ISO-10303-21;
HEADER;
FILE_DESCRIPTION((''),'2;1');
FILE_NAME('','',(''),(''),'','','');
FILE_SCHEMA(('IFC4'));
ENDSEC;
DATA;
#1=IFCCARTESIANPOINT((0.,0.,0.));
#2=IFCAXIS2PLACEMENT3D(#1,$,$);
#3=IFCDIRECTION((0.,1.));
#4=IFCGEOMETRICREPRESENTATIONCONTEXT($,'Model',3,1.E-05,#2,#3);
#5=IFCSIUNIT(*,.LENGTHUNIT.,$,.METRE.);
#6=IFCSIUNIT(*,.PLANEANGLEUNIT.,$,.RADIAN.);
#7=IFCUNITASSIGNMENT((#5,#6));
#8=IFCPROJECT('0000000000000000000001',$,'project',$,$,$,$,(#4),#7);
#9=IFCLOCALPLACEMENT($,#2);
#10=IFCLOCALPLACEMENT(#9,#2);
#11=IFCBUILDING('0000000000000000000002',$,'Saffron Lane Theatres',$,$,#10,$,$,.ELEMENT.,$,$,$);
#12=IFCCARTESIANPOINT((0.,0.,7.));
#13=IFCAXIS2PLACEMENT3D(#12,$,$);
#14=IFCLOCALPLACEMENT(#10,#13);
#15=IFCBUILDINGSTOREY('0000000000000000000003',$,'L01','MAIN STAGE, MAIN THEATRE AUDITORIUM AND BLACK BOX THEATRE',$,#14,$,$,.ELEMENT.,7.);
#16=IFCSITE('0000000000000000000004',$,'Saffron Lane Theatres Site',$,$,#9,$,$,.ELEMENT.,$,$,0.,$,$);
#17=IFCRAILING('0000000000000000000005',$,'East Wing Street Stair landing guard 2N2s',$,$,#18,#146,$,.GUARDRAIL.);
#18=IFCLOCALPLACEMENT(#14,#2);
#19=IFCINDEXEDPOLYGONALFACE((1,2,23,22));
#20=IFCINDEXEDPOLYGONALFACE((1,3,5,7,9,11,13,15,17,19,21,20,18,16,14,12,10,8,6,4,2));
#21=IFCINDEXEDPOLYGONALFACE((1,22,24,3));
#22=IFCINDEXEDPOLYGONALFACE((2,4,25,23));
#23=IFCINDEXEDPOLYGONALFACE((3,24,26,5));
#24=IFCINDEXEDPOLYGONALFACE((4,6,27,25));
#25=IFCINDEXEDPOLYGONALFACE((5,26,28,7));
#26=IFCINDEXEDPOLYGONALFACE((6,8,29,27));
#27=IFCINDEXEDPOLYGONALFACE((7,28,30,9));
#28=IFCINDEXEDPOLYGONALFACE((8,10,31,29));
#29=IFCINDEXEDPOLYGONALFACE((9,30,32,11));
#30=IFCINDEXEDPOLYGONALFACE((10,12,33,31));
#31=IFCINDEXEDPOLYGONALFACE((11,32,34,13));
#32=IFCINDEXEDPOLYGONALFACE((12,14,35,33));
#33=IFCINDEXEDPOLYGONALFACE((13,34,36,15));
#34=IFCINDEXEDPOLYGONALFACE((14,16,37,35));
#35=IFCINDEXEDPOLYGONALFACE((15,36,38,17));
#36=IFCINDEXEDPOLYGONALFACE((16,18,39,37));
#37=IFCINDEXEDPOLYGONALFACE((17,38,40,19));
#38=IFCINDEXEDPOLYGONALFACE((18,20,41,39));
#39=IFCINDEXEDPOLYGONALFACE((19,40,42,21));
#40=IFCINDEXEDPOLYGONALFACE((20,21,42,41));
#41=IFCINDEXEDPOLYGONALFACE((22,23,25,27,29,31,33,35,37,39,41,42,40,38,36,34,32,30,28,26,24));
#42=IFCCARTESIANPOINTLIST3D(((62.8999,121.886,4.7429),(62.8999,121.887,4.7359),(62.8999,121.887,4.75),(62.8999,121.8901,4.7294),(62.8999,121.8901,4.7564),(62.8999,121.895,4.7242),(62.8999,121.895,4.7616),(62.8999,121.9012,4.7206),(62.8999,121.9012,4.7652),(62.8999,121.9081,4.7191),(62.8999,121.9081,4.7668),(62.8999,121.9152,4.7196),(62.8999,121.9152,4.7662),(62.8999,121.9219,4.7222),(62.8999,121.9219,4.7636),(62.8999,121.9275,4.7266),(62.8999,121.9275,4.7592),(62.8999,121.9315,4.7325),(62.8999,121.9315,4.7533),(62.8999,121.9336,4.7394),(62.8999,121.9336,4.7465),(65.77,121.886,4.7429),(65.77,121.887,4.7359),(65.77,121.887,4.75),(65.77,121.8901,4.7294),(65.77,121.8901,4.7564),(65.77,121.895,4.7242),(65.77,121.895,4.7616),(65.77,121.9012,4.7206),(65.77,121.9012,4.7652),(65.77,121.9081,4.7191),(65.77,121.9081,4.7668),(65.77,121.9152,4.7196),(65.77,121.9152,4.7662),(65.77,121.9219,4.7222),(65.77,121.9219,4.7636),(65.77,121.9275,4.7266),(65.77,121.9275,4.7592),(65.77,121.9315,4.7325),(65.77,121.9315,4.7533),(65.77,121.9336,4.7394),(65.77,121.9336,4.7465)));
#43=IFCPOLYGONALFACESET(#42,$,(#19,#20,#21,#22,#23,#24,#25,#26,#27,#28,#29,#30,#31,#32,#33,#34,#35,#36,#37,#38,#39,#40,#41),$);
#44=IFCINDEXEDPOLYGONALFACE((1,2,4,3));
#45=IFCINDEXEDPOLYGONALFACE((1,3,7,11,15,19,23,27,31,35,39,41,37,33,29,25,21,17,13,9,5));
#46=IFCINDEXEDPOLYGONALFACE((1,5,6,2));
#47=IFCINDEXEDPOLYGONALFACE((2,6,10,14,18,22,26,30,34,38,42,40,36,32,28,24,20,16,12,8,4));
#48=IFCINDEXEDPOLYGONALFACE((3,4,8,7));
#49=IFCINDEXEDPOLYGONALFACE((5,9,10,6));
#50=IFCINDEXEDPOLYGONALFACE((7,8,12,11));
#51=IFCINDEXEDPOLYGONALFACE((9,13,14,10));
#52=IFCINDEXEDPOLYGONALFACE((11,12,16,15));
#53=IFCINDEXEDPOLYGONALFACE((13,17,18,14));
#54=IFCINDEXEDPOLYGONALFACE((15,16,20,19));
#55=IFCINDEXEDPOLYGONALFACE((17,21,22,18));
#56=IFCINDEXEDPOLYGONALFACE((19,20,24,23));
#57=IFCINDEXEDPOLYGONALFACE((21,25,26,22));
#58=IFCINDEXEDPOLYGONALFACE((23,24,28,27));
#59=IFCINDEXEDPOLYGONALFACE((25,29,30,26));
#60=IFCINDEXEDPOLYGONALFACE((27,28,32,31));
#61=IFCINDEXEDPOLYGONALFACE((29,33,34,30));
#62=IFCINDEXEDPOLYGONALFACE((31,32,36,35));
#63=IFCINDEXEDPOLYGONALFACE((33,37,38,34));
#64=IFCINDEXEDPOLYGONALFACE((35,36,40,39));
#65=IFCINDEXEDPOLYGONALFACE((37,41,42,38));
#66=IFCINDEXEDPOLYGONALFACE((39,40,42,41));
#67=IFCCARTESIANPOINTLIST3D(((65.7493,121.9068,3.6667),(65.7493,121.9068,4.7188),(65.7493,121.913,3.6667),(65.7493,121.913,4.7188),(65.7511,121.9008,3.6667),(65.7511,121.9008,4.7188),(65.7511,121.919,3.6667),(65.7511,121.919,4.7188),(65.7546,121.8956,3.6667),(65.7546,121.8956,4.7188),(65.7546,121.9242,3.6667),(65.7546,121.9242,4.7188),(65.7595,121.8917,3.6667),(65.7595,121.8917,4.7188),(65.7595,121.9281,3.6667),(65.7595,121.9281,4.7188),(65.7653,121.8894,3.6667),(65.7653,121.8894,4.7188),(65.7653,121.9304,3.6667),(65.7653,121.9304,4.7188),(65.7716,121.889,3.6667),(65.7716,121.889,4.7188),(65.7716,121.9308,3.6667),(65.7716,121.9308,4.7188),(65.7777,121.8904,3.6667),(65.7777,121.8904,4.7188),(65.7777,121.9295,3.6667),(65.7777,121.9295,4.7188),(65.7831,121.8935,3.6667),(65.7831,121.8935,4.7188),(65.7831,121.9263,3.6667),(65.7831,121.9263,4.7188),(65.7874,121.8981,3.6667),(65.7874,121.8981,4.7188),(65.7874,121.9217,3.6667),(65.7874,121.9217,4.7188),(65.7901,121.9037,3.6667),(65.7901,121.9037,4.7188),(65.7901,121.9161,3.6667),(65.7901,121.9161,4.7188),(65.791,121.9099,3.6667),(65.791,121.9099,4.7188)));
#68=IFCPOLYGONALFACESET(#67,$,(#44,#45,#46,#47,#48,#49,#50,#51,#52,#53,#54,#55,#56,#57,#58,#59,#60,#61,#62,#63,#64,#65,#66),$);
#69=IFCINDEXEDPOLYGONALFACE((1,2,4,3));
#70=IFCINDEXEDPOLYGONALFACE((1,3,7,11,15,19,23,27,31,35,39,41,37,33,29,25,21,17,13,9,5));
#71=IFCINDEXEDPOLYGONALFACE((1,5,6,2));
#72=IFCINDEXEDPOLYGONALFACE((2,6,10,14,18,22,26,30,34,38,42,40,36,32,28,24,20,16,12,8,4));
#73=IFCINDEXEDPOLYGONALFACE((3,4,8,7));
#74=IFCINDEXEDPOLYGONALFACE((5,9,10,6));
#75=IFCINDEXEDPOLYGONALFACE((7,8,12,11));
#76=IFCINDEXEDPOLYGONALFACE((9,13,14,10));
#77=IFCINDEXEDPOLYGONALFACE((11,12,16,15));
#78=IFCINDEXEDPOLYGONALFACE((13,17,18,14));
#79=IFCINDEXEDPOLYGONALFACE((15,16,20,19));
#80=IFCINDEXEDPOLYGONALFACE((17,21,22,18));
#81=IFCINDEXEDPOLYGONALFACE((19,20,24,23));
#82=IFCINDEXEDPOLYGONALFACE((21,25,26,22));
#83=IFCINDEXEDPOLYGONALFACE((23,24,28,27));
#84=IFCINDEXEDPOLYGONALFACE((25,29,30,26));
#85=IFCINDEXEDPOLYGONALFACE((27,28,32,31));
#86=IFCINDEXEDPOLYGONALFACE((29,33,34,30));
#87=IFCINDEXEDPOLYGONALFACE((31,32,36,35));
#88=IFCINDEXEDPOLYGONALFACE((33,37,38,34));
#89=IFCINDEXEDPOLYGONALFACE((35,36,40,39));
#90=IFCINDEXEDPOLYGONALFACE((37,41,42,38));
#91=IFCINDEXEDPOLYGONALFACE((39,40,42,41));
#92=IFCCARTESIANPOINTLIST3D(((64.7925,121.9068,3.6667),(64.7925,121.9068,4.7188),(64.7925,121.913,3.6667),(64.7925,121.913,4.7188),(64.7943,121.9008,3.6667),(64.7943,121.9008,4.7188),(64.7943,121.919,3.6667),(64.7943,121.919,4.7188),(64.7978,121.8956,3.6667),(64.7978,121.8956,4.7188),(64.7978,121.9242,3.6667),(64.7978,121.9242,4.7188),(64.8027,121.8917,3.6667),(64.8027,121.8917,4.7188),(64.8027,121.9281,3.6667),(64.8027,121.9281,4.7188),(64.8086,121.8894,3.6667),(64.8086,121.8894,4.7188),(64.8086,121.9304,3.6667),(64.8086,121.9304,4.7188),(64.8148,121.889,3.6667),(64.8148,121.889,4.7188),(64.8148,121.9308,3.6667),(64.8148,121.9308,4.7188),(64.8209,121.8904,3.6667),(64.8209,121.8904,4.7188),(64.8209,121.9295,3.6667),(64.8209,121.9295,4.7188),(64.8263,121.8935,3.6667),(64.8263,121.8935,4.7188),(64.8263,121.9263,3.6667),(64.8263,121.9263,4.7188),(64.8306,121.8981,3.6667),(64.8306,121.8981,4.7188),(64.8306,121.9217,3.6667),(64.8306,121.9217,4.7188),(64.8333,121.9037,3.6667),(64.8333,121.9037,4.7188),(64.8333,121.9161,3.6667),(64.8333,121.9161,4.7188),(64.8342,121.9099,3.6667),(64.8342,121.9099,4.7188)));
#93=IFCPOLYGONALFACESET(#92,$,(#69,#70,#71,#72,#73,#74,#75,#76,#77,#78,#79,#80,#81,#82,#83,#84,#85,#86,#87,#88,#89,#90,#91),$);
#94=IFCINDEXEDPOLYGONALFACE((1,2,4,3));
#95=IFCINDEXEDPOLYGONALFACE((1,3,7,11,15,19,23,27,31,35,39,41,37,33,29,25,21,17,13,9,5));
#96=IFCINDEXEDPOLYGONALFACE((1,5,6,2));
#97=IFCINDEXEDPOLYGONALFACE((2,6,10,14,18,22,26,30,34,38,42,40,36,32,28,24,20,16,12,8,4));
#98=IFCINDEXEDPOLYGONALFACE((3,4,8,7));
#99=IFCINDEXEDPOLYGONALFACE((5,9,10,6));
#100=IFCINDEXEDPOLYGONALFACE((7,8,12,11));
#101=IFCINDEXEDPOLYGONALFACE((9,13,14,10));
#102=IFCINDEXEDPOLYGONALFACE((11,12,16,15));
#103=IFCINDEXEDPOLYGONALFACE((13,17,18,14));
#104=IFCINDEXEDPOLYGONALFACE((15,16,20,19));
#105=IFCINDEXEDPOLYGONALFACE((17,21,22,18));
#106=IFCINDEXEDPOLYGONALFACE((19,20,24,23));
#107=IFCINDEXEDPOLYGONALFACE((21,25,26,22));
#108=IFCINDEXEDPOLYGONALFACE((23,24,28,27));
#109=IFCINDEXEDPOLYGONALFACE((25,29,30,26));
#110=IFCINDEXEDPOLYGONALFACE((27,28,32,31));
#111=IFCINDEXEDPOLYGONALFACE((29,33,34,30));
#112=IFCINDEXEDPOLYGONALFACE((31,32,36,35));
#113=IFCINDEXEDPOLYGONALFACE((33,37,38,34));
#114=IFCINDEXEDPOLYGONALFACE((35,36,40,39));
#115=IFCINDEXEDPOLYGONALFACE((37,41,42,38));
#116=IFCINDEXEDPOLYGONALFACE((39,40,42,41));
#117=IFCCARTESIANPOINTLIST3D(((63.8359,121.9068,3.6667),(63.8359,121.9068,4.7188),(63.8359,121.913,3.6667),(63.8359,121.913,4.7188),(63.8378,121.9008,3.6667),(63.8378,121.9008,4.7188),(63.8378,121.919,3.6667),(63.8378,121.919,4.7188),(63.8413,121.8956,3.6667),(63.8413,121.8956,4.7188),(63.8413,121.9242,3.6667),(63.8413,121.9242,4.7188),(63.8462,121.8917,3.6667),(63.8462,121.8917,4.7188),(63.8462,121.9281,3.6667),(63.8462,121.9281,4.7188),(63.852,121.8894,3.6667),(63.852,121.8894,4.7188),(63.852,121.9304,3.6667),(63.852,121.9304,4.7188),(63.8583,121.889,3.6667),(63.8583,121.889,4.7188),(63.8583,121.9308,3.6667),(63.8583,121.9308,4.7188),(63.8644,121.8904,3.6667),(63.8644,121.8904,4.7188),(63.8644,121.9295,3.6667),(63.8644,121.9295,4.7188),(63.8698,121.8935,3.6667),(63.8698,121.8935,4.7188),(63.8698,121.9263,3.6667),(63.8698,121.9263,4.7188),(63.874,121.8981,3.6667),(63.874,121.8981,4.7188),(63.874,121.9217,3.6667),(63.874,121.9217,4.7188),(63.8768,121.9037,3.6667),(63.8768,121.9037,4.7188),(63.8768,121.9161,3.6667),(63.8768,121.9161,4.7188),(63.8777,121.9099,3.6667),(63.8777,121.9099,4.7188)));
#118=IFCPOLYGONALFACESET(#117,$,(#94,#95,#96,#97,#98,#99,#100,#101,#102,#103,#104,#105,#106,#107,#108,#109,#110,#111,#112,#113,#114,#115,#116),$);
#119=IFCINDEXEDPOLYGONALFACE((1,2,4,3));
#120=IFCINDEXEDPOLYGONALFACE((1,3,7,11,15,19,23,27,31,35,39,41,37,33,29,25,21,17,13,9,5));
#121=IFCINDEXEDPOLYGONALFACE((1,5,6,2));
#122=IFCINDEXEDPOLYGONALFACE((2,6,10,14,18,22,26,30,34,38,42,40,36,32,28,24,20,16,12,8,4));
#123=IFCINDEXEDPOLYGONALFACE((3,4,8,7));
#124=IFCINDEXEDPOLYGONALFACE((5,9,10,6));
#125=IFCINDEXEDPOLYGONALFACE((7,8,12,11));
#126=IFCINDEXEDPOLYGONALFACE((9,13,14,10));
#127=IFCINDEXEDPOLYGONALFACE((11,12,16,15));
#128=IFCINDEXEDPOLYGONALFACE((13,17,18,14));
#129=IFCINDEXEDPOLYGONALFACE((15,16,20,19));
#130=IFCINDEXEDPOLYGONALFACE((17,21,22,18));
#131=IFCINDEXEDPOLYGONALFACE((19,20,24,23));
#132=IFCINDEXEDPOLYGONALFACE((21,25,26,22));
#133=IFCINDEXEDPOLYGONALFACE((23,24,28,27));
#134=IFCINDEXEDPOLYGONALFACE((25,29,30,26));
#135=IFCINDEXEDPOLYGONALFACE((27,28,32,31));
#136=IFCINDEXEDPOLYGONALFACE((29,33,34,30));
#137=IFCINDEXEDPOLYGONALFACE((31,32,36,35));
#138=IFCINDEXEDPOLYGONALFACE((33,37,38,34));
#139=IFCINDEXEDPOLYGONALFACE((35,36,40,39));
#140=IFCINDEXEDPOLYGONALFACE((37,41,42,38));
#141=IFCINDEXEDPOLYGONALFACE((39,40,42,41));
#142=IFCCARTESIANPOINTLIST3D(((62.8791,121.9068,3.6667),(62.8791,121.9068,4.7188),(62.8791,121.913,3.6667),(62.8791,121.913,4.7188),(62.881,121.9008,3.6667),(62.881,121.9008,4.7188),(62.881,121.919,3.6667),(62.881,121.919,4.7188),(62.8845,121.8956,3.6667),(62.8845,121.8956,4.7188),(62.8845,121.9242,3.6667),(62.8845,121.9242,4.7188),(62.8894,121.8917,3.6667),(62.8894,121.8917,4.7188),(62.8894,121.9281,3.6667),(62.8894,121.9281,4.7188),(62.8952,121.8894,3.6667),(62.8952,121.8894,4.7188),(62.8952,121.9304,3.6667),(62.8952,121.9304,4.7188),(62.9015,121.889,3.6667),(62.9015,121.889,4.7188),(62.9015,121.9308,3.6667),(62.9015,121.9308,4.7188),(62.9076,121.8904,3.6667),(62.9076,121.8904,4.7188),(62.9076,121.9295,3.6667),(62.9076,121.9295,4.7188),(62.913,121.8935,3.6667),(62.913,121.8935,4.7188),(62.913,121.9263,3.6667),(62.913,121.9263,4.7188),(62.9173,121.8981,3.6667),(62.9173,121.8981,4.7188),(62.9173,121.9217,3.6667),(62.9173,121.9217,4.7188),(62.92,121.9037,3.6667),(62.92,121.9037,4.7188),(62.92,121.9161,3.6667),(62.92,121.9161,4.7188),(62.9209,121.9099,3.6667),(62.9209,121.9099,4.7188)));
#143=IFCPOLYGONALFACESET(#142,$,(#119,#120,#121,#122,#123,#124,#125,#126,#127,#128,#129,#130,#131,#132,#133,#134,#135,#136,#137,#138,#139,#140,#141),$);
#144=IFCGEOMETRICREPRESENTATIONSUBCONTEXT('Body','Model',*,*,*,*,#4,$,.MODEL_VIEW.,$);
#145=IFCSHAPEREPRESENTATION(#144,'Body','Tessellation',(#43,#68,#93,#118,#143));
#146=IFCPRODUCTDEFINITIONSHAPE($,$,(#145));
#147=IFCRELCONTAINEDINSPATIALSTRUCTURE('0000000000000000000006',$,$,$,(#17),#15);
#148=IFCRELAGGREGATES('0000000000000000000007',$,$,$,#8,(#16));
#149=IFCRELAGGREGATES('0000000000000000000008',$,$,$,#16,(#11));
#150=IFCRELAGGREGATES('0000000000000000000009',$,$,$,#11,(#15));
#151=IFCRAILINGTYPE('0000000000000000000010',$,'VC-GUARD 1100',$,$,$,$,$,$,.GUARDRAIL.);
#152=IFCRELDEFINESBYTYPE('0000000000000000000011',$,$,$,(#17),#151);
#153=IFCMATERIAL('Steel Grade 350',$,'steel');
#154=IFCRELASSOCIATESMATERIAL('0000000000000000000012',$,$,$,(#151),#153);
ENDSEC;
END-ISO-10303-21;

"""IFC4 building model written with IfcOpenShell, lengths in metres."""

from ifc_helpers import new_model, si_unit, direction, frame, origin, origin_2d, place, context, subcontext, project, spatial, circle, extrude, material, type_object, element, save


model = new_model("IFC4")

# Units and contexts
model_context = context("Model", 3, precision=1e-05, world=origin(), true_north=direction((0.0, 1.0)))
body_context = subcontext(model_context, "Body", "Model", "MODEL_VIEW")
ifc_project = project(units=[si_unit("LENGTHUNIT", "METRE"), si_unit("PLANEANGLEUNIT", "RADIAN")], contexts=[model_context])

# Site, building, storey
site_placement = place(None, origin())
site = spatial("IfcSite", under=ifc_project, at=site_placement, Name="Saffron Lane Theatres Site", CompositionType="ELEMENT", RefElevation=0.0)
building_placement = place(site_placement, origin())
building = spatial("IfcBuilding", under=site, at=building_placement, Name="Saffron Lane Theatres", CompositionType="ELEMENT")
storey_placement = place(building_placement, frame((0.0, 0.0, 7.0)))
storey = spatial("IfcBuildingStorey", under=building, at=storey_placement, Name="L01", Description="MAIN STAGE, MAIN THEATRE AUDITORIUM AND BLACK BOX THEATRE", CompositionType="ELEMENT", Elevation=7.0)

# Railing
ifc_material_1 = material(Name="Steel Grade 350", Category="steel")
railing_type_1 = type_object("IfcRailingType", Name="VC-GUARD 1100", PredefinedType="GUARDRAIL", material=ifc_material_1)
railing_1_placement = place(storey_placement, frame((65.77, 121.9099, 3.6667)))
element("IfcRailing", 1, at=railing_1_placement, inside=storey, type_object=railing_type_1, Name="East Wing Street Stair landing guard 2N2s", PredefinedType="GUARDRAIL", context=body_context, shape_type="SweptSolid", body=[
    extrude(circle(Radius=0.0239, at=origin_2d()), frame((0.0, 0.0, 1.0762), z_axis=(-1.0, 0.0, 0.0), x_axis=(0.0, -1.0, 0.0)), (0.0, 0.0, 1.0), 2.8701),
    extrude(circle(Radius=0.021, at=origin_2d()), origin(), (0.0, 0.0, 1.0), 1.052),
    extrude(circle(Radius=0.021, at=origin_2d()), frame((-0.9568, 0.0, 0.0)), (0.0, 0.0, 1.0), 1.052),
    extrude(circle(Radius=0.021, at=origin_2d()), frame((-1.9133, 0.0, 0.0)), (0.0, 0.0, 1.0), 1.052),
    extrude(circle(Radius=0.021, at=origin_2d()), frame((-2.8701, 0.0, 0.0)), (0.0, 0.0, 1.0), 1.052),
])

save(model, "model.ifc")
